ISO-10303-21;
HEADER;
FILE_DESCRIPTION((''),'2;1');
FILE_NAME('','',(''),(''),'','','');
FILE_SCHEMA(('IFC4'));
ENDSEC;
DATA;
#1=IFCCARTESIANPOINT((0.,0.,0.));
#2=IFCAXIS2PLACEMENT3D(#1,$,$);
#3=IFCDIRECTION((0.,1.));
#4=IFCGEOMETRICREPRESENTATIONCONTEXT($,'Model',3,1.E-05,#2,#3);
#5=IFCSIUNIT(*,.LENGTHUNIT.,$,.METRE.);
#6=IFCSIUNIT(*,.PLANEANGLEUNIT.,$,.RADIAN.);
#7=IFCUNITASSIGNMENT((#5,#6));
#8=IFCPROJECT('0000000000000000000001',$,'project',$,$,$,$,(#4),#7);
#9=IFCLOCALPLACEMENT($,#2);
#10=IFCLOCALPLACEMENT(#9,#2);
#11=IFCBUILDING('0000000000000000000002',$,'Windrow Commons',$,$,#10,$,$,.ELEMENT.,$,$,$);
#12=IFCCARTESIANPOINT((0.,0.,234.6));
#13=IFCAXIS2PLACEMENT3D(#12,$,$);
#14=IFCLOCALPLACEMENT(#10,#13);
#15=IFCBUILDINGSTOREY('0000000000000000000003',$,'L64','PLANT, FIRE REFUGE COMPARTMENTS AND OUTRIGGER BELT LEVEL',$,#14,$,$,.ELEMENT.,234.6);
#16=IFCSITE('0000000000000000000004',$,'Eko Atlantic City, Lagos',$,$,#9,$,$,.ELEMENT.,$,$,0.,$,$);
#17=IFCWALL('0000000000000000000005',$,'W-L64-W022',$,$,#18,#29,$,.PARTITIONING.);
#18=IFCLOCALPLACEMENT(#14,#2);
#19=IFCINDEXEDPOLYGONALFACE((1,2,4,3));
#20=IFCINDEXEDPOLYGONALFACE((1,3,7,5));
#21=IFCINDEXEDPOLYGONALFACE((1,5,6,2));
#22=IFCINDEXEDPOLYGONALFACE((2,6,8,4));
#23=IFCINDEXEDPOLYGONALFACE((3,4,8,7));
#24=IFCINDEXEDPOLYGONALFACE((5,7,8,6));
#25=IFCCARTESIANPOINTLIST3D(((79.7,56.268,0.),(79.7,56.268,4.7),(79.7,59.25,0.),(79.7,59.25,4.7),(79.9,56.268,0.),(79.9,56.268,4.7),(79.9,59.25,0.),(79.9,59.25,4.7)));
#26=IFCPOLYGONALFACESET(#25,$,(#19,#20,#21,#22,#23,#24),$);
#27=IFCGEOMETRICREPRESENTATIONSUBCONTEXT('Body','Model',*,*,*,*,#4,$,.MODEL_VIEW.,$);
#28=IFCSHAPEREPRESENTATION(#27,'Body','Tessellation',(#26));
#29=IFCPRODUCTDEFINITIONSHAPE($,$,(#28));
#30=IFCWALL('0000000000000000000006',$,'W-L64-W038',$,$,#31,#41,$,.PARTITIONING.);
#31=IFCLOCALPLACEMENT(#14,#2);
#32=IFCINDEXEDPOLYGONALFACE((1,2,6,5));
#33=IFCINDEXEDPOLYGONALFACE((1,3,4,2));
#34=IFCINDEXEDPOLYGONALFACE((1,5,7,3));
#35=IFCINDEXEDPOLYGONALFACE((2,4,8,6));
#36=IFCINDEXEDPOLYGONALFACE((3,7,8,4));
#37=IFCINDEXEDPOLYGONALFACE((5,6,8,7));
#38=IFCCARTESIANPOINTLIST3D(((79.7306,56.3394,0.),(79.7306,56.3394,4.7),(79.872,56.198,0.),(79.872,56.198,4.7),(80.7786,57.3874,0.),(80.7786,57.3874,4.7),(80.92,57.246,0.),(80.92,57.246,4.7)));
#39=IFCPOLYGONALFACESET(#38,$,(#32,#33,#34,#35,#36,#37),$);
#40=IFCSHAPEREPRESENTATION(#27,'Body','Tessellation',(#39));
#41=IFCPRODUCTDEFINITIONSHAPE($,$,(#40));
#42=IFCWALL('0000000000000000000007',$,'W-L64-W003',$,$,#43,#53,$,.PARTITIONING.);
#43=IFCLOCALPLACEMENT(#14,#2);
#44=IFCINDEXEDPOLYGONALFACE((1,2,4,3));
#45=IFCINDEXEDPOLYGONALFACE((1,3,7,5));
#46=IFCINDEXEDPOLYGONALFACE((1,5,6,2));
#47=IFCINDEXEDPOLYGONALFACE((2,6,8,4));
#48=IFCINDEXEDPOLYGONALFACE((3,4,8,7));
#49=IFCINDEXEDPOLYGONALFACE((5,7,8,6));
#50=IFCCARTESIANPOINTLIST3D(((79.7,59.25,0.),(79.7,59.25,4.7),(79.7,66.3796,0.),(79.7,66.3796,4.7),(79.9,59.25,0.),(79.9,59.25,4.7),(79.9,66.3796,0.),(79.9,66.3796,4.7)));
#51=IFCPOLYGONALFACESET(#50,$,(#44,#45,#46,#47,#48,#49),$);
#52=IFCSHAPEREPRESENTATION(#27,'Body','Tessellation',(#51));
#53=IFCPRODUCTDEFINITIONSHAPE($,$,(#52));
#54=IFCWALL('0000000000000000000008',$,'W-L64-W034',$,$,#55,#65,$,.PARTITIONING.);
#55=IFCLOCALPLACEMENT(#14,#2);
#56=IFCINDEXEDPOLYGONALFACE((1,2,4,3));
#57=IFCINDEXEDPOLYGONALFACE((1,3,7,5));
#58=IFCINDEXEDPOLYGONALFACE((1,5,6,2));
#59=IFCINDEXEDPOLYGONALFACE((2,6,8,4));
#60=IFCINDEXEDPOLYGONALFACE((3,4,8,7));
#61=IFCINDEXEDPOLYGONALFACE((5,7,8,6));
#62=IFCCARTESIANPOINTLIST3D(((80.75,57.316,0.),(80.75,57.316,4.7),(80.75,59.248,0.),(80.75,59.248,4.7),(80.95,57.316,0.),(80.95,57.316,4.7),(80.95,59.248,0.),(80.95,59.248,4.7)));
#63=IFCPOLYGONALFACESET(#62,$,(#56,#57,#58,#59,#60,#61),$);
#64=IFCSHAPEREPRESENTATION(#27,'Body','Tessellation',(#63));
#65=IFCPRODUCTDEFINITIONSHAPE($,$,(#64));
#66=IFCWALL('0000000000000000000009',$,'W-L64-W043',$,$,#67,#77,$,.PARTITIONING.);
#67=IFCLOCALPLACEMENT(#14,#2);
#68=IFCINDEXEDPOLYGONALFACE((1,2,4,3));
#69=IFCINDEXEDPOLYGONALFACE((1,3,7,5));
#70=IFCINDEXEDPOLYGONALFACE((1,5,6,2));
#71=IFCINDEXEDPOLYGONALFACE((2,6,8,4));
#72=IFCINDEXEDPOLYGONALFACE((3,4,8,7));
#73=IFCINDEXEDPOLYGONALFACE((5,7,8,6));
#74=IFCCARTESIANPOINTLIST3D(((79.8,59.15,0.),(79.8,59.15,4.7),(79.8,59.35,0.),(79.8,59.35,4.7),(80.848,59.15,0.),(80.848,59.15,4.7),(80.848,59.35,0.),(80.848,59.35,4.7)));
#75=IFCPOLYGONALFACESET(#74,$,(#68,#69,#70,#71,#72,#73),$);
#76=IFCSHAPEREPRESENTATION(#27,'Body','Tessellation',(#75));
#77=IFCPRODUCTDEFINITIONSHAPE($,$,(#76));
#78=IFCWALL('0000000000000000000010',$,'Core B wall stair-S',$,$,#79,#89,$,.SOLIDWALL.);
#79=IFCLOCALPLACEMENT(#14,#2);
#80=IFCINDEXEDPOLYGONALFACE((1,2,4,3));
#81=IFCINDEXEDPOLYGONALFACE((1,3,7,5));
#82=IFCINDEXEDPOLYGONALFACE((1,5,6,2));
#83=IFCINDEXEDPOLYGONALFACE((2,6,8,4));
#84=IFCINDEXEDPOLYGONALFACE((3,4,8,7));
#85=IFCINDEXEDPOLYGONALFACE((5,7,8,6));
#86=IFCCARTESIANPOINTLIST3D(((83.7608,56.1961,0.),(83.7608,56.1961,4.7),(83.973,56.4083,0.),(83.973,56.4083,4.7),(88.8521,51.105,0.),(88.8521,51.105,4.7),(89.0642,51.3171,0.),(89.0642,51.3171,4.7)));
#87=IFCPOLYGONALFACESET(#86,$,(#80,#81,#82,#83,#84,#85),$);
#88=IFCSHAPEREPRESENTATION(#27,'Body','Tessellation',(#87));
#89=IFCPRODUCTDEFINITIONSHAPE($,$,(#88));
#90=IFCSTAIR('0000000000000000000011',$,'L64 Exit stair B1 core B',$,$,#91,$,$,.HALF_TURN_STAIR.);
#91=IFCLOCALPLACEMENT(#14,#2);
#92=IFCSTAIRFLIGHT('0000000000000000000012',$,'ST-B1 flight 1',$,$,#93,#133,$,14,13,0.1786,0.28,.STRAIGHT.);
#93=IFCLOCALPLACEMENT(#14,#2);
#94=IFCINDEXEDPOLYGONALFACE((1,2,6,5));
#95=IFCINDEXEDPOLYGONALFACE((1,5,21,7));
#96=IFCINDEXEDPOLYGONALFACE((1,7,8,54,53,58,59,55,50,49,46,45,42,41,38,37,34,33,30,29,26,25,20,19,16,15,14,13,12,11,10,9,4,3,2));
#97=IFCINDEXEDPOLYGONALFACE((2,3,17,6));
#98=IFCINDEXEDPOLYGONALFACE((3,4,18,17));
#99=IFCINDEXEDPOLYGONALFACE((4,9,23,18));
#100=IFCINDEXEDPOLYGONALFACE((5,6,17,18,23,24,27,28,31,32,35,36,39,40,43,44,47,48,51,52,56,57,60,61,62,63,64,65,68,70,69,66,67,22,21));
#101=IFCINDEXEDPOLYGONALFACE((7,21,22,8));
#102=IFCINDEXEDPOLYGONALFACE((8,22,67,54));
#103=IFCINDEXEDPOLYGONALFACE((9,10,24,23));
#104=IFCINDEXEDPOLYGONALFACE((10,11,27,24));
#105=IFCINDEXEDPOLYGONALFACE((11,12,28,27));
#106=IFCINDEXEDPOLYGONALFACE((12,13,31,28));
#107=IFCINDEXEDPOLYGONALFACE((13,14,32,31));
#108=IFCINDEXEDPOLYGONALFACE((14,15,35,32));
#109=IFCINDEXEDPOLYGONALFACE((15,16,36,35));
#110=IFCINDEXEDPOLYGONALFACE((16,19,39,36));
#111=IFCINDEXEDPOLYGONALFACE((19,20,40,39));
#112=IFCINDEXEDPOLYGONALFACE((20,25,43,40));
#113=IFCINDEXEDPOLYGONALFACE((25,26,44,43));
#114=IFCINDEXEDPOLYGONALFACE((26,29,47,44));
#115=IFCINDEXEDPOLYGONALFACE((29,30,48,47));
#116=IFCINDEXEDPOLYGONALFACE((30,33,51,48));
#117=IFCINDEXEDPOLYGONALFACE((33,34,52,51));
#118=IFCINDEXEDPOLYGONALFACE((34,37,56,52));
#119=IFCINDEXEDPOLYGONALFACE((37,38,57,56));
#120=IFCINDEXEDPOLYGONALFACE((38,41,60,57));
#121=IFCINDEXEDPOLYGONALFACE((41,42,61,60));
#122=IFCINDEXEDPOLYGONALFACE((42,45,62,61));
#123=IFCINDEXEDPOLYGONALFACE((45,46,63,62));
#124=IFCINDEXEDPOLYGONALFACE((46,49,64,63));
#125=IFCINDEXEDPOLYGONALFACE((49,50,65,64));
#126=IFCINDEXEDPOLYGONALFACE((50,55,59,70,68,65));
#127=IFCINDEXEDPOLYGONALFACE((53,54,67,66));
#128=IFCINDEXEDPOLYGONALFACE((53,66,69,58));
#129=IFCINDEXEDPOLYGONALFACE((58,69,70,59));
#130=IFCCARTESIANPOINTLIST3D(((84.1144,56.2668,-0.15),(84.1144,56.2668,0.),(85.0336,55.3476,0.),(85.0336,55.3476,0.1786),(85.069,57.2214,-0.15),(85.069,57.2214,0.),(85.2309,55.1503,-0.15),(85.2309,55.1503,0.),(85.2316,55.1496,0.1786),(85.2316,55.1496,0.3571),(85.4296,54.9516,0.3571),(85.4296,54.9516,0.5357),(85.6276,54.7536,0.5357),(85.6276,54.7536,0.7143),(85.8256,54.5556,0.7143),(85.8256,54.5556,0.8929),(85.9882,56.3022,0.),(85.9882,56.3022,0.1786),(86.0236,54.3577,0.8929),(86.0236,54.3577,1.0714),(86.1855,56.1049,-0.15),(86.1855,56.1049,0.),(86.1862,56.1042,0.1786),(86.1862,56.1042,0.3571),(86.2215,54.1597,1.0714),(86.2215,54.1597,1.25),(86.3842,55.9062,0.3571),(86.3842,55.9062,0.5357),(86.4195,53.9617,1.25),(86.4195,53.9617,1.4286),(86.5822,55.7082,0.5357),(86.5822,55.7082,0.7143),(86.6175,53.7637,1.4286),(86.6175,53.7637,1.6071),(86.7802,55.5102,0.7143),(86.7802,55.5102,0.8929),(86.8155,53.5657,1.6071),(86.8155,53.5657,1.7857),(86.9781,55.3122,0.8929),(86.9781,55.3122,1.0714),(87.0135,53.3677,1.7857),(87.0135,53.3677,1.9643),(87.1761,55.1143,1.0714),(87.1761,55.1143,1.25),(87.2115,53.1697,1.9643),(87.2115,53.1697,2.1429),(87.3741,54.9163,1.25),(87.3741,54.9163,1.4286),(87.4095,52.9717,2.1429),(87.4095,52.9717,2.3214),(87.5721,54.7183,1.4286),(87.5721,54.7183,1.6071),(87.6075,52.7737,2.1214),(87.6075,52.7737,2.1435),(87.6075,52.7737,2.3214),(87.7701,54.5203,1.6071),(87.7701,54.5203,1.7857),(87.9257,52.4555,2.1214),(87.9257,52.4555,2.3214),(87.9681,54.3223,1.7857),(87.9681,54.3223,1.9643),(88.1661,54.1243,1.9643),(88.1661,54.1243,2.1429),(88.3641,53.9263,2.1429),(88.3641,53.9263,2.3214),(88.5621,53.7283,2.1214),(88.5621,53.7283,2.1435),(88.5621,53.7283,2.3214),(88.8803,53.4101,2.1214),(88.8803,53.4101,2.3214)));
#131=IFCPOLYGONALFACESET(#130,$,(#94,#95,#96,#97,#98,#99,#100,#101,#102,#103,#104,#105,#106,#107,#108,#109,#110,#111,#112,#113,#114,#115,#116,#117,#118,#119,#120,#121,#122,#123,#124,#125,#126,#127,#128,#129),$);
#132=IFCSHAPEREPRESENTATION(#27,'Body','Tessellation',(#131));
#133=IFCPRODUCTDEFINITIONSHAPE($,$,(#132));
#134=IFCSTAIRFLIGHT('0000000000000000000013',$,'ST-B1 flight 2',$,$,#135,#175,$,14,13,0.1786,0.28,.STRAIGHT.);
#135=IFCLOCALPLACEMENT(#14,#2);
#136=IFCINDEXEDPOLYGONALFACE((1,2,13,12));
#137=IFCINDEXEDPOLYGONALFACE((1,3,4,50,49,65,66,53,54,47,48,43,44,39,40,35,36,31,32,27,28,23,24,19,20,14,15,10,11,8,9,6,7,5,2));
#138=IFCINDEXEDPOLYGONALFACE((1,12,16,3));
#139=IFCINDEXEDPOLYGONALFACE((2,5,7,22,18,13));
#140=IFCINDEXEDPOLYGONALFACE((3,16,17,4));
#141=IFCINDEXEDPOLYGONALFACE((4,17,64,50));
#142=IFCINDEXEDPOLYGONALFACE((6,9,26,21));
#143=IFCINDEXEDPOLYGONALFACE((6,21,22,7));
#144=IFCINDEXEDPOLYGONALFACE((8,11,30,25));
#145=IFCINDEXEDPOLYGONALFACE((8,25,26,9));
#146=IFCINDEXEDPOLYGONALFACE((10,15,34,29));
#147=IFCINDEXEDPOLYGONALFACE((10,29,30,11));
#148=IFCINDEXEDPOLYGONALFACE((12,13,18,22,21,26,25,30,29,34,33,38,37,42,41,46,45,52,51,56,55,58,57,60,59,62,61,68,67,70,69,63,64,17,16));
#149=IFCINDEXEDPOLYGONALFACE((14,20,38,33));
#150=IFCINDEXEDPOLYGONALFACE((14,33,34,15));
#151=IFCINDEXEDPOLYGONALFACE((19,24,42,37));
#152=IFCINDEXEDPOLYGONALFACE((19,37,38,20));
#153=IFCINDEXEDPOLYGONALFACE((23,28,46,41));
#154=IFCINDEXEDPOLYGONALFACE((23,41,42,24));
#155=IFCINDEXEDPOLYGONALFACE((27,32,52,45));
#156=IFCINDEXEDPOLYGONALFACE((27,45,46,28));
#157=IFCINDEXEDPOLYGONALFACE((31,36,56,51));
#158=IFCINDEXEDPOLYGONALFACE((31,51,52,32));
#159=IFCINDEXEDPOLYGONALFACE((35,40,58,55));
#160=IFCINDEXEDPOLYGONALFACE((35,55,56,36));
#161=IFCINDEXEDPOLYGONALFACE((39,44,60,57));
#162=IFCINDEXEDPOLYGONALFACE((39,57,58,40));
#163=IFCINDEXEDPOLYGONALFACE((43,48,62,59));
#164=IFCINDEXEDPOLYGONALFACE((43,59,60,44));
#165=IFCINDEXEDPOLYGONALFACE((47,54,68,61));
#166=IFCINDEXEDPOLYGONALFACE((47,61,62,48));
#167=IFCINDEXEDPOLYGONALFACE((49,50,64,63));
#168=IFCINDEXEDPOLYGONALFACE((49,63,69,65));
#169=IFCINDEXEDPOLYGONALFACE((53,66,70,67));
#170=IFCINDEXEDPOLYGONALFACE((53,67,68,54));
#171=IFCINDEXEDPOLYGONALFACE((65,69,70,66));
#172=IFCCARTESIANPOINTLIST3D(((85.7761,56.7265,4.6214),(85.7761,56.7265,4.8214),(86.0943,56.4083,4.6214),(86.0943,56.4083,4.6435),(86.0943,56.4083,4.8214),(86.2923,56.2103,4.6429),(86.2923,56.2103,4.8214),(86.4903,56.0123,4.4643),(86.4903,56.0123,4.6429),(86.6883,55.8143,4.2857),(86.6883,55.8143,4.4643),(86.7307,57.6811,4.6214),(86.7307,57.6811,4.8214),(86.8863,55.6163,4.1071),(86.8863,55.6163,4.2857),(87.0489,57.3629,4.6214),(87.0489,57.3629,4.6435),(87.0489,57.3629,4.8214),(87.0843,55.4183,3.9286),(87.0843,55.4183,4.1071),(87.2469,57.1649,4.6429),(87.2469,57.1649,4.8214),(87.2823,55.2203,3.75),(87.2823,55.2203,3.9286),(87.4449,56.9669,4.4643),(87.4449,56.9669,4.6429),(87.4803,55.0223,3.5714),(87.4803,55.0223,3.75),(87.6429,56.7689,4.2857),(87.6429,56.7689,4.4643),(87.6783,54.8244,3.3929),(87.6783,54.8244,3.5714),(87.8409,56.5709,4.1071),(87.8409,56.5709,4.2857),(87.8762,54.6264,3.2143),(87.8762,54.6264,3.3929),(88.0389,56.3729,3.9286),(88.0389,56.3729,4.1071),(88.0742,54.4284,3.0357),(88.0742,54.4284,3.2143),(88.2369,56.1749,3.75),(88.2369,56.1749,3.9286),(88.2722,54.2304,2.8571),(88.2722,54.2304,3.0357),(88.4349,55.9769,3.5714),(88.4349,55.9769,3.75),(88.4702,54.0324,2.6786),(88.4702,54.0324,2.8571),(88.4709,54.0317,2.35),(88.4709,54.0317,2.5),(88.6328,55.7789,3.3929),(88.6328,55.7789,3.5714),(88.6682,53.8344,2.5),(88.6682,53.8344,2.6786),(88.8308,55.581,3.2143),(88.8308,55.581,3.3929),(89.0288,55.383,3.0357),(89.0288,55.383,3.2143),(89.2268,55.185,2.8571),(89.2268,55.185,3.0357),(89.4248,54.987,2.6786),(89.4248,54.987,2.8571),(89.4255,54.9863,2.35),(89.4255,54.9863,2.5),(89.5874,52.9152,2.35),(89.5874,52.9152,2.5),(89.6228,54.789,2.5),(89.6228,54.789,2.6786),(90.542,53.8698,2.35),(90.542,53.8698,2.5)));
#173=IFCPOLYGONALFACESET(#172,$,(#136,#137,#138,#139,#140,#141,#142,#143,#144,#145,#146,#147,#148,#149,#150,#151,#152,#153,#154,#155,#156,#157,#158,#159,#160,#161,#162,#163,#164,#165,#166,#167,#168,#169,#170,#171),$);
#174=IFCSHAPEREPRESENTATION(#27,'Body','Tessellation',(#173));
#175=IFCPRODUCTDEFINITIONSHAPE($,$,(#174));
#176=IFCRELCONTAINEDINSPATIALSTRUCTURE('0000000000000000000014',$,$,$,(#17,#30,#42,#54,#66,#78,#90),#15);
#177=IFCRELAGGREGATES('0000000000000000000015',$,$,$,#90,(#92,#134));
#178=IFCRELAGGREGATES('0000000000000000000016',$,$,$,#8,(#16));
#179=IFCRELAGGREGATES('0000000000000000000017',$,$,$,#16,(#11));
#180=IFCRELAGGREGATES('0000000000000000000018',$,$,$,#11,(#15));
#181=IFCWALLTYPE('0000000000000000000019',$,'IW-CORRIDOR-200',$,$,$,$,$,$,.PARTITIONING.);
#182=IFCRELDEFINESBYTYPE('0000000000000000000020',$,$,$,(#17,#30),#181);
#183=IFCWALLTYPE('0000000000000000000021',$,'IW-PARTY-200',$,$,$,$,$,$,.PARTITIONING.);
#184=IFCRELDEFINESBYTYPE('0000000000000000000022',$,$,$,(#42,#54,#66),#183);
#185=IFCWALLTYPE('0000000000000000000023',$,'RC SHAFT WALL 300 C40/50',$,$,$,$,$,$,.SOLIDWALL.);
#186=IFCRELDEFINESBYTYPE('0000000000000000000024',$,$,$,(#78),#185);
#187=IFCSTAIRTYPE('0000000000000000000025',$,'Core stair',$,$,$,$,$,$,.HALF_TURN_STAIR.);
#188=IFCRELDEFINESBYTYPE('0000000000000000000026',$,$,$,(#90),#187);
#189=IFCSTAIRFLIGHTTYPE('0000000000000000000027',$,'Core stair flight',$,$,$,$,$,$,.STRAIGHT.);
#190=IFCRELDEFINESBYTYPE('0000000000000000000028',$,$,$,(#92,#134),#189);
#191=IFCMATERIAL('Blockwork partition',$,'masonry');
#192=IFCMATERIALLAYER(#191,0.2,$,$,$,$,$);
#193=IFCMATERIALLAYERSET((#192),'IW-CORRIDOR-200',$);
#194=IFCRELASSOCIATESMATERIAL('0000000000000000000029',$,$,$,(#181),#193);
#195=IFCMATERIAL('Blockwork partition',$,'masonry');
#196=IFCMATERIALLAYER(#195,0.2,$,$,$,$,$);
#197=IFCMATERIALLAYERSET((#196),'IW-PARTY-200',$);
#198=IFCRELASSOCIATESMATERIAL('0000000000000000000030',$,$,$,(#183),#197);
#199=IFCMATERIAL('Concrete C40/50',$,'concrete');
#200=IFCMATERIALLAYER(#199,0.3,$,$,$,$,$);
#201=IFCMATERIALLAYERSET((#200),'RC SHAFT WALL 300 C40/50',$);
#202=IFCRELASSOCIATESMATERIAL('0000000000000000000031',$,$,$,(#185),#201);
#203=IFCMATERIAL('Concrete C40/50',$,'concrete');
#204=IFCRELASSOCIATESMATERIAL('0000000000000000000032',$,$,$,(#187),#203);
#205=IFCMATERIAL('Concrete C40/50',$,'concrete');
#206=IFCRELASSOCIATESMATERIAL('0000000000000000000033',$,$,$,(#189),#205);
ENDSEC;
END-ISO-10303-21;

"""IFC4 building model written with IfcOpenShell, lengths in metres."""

from ifc_helpers import new_model, si_unit, direction, frame, frame_2d, origin, place, context, subcontext, project, spatial, polyline, rectangle, outline, extrude, material, layer, layer_set, type_object, element, aggregate, save


model = new_model("IFC4")

# Units and contexts
model_context = context("Model", 3, precision=1e-05, world=origin(), true_north=direction((0.0, 1.0)))
body_context = subcontext(model_context, "Body", "Model", "MODEL_VIEW")
ifc_project = project(units=[si_unit("LENGTHUNIT", "METRE"), si_unit("PLANEANGLEUNIT", "RADIAN")], contexts=[model_context])

# Site, building, storey
site_placement = place(None, origin())
site = spatial("IfcSite", under=ifc_project, at=site_placement, Name="Eko Atlantic City, Lagos", CompositionType="ELEMENT", RefElevation=0.0)
building_placement = place(site_placement, origin())
building = spatial("IfcBuilding", under=site, at=building_placement, Name="Windrow Commons", CompositionType="ELEMENT")
storey_placement = place(building_placement, frame((0.0, 0.0, 234.6)))
storey = spatial("IfcBuildingStorey", under=building, at=storey_placement, Name="L64", Description="PLANT, FIRE REFUGE COMPARTMENTS AND OUTRIGGER BELT LEVEL", CompositionType="ELEMENT", Elevation=234.6)

# Shared definitions
ifc_material_1 = material(Name="Blockwork partition", Category="masonry")
ifc_layer_1 = layer(ifc_material_1, 0.2)
ifc_layer_set_1 = layer_set([ifc_layer_1], Name="IW-CORRIDOR-200")
wall_type_1 = type_object("IfcWallType", Name="IW-CORRIDOR-200", PredefinedType="PARTITIONING", material=ifc_layer_set_1)

# Walls
wall_1_placement = place(storey_placement, frame((79.8, 56.268, 0.0), z_axis=(0.0, 0.0, 1.0), x_axis=(0.0, 1.0, 0.0)))
element("IfcWall", 1, at=wall_1_placement, inside=storey, type_object=wall_type_1, Name="W-L64-W022", PredefinedType="PARTITIONING", context=body_context, shape_type="SweptSolid", body=[
    extrude(rectangle(XDim=2.982, YDim=0.2, at=frame_2d((1.491, 0.0))), origin(), (0.0, 0.0, 1.0), 4.7),
])
wall_2_placement = place(storey_placement, frame((79.8013, 56.2687, 0.0), z_axis=(0.0, 0.0, 1.0), x_axis=(0.707107, 0.707107, 0.0)))
element("IfcWall", 2, at=wall_2_placement, inside=storey, type_object=wall_type_1, Name="W-L64-W038", PredefinedType="PARTITIONING", context=body_context, shape_type="SweptSolid", body=[
    extrude(rectangle(XDim=1.4821, YDim=0.2, at=frame_2d((0.741, 0.0))), origin(), (0.0, 0.0, 1.0), 4.7),
])
ifc_material_2 = material(Name="Blockwork partition", Category="masonry")
ifc_layer_2 = layer(ifc_material_2, 0.2)
ifc_layer_set_2 = layer_set([ifc_layer_2], Name="IW-PARTY-200")
wall_type_2 = type_object("IfcWallType", Name="IW-PARTY-200", PredefinedType="PARTITIONING", material=ifc_layer_set_2)
wall_3_placement = place(storey_placement, frame((79.8, 59.25, 0.0), z_axis=(0.0, 0.0, 1.0), x_axis=(0.0, 1.0, 0.0)))
element("IfcWall", 3, at=wall_3_placement, inside=storey, type_object=wall_type_2, Name="W-L64-W003", PredefinedType="PARTITIONING", context=body_context, shape_type="SweptSolid", body=[
    extrude(rectangle(XDim=7.1296, YDim=0.2, at=frame_2d((3.5648, 0.0))), origin(), (0.0, 0.0, 1.0), 4.7),
])
wall_4_placement = place(storey_placement, frame((80.85, 57.316, 0.0), z_axis=(0.0, 0.0, 1.0), x_axis=(0.0, 1.0, 0.0)))
element("IfcWall", 4, at=wall_4_placement, inside=storey, type_object=wall_type_2, Name="W-L64-W034", PredefinedType="PARTITIONING", context=body_context, shape_type="SweptSolid", body=[
    extrude(rectangle(XDim=1.932, YDim=0.2, at=frame_2d((0.966, 0.0))), origin(), (0.0, 0.0, 1.0), 4.7),
])
wall_5_placement = place(storey_placement, frame((79.8, 59.25, 0.0), z_axis=(0.0, 0.0, 1.0), x_axis=(1.0, 0.0, 0.0)))
element("IfcWall", 5, at=wall_5_placement, inside=storey, type_object=wall_type_2, Name="W-L64-W043", PredefinedType="PARTITIONING", context=body_context, shape_type="SweptSolid", body=[
    extrude(rectangle(XDim=1.048, YDim=0.2, at=frame_2d((0.524, 0.0))), origin(), (0.0, 0.0, 1.0), 4.7),
])
ifc_material_3 = material(Name="Concrete C40/50", Category="concrete")
ifc_layer_3 = layer(ifc_material_3, 0.3)
ifc_layer_set_3 = layer_set([ifc_layer_3], Name="RC SHAFT WALL 300 C40/50")
wall_type_3 = type_object("IfcWallType", Name="RC SHAFT WALL 300 C40/50", PredefinedType="SOLIDWALL", material=ifc_layer_set_3)
wall_6_placement = place(storey_placement, frame((83.8669, 56.3022, 0.0), z_axis=(0.0, 0.0, 1.0), x_axis=(0.707114, -0.7071, 0.0)))
element("IfcWall", 6, at=wall_6_placement, inside=storey, type_object=wall_type_3, Name="Core B wall stair-S", PredefinedType="SOLIDWALL", context=body_context, shape_type="SweptSolid", body=[
    extrude(rectangle(XDim=7.2, YDim=0.3, at=frame_2d((3.6, 0.0))), origin(), (0.0, 0.0, 1.0), 4.7),
])

# Stair, stair flights
ifc_material_4 = material(Name="Concrete C40/50", Category="concrete")
stair_type = type_object("IfcStairType", Name="Core stair", PredefinedType="HALF_TURN_STAIR", material=ifc_material_4)
stair_placement = place(storey_placement, origin())
stair = element("IfcStair", 7, at=stair_placement, inside=storey, type_object=stair_type, Name="L64 Exit stair B1 core B", PredefinedType="HALF_TURN_STAIR")
ifc_material_5 = material(Name="Concrete C40/50", Category="concrete")
stair_flight_type = type_object("IfcStairFlightType", Name="Core stair flight", PredefinedType="STRAIGHT", material=ifc_material_5)
stair_flight_1_placement = place(storey_placement, frame((85.5109, 55.8249, 0.0), z_axis=(0.0, 0.0, 1.0), x_axis=(0.707107, -0.707107, 0.0)))
stair_flight_1 = element("IfcStairFlight", 8, at=stair_flight_1_placement, type_object=stair_flight_type, Name="ST-B1 flight 1", NumberOfRisers=14, NumberOfTreads=13, PredefinedType="STRAIGHT", RiserHeight=0.1786, TreadLength=0.28, context=body_context, shape_type="SweptSolid", body=[
    extrude(outline(polyline([(-1.3, -0.15), (-1.3, 0.0), (0.0, 0.0), (0.0, 0.1786), (0.28, 0.1786), (0.28, 0.3571), (0.56, 0.3571), (0.56, 0.5357), (0.84, 0.5357), (0.84, 0.7143), (1.12, 0.7143), (1.12, 0.8929), (1.4, 0.8929), (1.4, 1.0714), (1.68, 1.0714), (1.68, 1.25), (1.96, 1.25), (1.96, 1.4286), (2.24, 1.4286), (2.24, 1.6071), (2.52, 1.6071), (2.52, 1.7857), (2.8, 1.7857), (2.8, 1.9643), (3.08, 1.9643), (3.08, 2.1429), (3.36, 2.1429), (3.36, 2.3214), (3.64, 2.3214), (4.09, 2.3214), (4.09, 2.1214), (3.64, 2.1214), (3.64, 2.1435), (0.279, 0.0), (0.279, -0.15), (-1.3, -0.15)])), frame((0.0, 0.675, 0.0), z_axis=(0.0, -1.0, 0.0), x_axis=(1.0, 0.0, 0.0)), (0.0, 0.0, 1.0), 1.35),
])
stair_flight_2_placement = place(storey_placement, frame((89.1455, 54.3117, 2.5), z_axis=(0.0, 0.0, 1.0), x_axis=(-0.707107, 0.707107, 0.0)))
stair_flight_2 = element("IfcStairFlight", 9, at=stair_flight_2_placement, type_object=stair_flight_type, Name="ST-B1 flight 2", NumberOfRisers=14, NumberOfTreads=13, PredefinedType="STRAIGHT", RiserHeight=0.1786, TreadLength=0.28, context=body_context, shape_type="SweptSolid", body=[
    extrude(outline(polyline([(-1.3, -0.15), (-1.3, 0.0), (0.0, 0.0), (0.0, 0.1786), (0.28, 0.1786), (0.28, 0.3571), (0.56, 0.3571), (0.56, 0.5357), (0.84, 0.5357), (0.84, 0.7143), (1.12, 0.7143), (1.12, 0.8929), (1.4, 0.8929), (1.4, 1.0714), (1.68, 1.0714), (1.68, 1.25), (1.96, 1.25), (1.96, 1.4286), (2.24, 1.4286), (2.24, 1.6071), (2.52, 1.6071), (2.52, 1.7857), (2.8, 1.7857), (2.8, 1.9643), (3.08, 1.9643), (3.08, 2.1429), (3.36, 2.1429), (3.36, 2.3214), (3.64, 2.3214), (4.09, 2.3214), (4.09, 2.1214), (3.64, 2.1214), (3.64, 2.1435), (0.279, 0.0), (0.279, -0.15), (-1.3, -0.15)])), frame((0.0, 0.675, 0.0), z_axis=(0.0, -1.0, 0.0), x_axis=(1.0, 0.0, 0.0)), (0.0, 0.0, 1.0), 1.35),
])
aggregate(stair, [stair_flight_1, stair_flight_2])

save(model, "model.ifc")
